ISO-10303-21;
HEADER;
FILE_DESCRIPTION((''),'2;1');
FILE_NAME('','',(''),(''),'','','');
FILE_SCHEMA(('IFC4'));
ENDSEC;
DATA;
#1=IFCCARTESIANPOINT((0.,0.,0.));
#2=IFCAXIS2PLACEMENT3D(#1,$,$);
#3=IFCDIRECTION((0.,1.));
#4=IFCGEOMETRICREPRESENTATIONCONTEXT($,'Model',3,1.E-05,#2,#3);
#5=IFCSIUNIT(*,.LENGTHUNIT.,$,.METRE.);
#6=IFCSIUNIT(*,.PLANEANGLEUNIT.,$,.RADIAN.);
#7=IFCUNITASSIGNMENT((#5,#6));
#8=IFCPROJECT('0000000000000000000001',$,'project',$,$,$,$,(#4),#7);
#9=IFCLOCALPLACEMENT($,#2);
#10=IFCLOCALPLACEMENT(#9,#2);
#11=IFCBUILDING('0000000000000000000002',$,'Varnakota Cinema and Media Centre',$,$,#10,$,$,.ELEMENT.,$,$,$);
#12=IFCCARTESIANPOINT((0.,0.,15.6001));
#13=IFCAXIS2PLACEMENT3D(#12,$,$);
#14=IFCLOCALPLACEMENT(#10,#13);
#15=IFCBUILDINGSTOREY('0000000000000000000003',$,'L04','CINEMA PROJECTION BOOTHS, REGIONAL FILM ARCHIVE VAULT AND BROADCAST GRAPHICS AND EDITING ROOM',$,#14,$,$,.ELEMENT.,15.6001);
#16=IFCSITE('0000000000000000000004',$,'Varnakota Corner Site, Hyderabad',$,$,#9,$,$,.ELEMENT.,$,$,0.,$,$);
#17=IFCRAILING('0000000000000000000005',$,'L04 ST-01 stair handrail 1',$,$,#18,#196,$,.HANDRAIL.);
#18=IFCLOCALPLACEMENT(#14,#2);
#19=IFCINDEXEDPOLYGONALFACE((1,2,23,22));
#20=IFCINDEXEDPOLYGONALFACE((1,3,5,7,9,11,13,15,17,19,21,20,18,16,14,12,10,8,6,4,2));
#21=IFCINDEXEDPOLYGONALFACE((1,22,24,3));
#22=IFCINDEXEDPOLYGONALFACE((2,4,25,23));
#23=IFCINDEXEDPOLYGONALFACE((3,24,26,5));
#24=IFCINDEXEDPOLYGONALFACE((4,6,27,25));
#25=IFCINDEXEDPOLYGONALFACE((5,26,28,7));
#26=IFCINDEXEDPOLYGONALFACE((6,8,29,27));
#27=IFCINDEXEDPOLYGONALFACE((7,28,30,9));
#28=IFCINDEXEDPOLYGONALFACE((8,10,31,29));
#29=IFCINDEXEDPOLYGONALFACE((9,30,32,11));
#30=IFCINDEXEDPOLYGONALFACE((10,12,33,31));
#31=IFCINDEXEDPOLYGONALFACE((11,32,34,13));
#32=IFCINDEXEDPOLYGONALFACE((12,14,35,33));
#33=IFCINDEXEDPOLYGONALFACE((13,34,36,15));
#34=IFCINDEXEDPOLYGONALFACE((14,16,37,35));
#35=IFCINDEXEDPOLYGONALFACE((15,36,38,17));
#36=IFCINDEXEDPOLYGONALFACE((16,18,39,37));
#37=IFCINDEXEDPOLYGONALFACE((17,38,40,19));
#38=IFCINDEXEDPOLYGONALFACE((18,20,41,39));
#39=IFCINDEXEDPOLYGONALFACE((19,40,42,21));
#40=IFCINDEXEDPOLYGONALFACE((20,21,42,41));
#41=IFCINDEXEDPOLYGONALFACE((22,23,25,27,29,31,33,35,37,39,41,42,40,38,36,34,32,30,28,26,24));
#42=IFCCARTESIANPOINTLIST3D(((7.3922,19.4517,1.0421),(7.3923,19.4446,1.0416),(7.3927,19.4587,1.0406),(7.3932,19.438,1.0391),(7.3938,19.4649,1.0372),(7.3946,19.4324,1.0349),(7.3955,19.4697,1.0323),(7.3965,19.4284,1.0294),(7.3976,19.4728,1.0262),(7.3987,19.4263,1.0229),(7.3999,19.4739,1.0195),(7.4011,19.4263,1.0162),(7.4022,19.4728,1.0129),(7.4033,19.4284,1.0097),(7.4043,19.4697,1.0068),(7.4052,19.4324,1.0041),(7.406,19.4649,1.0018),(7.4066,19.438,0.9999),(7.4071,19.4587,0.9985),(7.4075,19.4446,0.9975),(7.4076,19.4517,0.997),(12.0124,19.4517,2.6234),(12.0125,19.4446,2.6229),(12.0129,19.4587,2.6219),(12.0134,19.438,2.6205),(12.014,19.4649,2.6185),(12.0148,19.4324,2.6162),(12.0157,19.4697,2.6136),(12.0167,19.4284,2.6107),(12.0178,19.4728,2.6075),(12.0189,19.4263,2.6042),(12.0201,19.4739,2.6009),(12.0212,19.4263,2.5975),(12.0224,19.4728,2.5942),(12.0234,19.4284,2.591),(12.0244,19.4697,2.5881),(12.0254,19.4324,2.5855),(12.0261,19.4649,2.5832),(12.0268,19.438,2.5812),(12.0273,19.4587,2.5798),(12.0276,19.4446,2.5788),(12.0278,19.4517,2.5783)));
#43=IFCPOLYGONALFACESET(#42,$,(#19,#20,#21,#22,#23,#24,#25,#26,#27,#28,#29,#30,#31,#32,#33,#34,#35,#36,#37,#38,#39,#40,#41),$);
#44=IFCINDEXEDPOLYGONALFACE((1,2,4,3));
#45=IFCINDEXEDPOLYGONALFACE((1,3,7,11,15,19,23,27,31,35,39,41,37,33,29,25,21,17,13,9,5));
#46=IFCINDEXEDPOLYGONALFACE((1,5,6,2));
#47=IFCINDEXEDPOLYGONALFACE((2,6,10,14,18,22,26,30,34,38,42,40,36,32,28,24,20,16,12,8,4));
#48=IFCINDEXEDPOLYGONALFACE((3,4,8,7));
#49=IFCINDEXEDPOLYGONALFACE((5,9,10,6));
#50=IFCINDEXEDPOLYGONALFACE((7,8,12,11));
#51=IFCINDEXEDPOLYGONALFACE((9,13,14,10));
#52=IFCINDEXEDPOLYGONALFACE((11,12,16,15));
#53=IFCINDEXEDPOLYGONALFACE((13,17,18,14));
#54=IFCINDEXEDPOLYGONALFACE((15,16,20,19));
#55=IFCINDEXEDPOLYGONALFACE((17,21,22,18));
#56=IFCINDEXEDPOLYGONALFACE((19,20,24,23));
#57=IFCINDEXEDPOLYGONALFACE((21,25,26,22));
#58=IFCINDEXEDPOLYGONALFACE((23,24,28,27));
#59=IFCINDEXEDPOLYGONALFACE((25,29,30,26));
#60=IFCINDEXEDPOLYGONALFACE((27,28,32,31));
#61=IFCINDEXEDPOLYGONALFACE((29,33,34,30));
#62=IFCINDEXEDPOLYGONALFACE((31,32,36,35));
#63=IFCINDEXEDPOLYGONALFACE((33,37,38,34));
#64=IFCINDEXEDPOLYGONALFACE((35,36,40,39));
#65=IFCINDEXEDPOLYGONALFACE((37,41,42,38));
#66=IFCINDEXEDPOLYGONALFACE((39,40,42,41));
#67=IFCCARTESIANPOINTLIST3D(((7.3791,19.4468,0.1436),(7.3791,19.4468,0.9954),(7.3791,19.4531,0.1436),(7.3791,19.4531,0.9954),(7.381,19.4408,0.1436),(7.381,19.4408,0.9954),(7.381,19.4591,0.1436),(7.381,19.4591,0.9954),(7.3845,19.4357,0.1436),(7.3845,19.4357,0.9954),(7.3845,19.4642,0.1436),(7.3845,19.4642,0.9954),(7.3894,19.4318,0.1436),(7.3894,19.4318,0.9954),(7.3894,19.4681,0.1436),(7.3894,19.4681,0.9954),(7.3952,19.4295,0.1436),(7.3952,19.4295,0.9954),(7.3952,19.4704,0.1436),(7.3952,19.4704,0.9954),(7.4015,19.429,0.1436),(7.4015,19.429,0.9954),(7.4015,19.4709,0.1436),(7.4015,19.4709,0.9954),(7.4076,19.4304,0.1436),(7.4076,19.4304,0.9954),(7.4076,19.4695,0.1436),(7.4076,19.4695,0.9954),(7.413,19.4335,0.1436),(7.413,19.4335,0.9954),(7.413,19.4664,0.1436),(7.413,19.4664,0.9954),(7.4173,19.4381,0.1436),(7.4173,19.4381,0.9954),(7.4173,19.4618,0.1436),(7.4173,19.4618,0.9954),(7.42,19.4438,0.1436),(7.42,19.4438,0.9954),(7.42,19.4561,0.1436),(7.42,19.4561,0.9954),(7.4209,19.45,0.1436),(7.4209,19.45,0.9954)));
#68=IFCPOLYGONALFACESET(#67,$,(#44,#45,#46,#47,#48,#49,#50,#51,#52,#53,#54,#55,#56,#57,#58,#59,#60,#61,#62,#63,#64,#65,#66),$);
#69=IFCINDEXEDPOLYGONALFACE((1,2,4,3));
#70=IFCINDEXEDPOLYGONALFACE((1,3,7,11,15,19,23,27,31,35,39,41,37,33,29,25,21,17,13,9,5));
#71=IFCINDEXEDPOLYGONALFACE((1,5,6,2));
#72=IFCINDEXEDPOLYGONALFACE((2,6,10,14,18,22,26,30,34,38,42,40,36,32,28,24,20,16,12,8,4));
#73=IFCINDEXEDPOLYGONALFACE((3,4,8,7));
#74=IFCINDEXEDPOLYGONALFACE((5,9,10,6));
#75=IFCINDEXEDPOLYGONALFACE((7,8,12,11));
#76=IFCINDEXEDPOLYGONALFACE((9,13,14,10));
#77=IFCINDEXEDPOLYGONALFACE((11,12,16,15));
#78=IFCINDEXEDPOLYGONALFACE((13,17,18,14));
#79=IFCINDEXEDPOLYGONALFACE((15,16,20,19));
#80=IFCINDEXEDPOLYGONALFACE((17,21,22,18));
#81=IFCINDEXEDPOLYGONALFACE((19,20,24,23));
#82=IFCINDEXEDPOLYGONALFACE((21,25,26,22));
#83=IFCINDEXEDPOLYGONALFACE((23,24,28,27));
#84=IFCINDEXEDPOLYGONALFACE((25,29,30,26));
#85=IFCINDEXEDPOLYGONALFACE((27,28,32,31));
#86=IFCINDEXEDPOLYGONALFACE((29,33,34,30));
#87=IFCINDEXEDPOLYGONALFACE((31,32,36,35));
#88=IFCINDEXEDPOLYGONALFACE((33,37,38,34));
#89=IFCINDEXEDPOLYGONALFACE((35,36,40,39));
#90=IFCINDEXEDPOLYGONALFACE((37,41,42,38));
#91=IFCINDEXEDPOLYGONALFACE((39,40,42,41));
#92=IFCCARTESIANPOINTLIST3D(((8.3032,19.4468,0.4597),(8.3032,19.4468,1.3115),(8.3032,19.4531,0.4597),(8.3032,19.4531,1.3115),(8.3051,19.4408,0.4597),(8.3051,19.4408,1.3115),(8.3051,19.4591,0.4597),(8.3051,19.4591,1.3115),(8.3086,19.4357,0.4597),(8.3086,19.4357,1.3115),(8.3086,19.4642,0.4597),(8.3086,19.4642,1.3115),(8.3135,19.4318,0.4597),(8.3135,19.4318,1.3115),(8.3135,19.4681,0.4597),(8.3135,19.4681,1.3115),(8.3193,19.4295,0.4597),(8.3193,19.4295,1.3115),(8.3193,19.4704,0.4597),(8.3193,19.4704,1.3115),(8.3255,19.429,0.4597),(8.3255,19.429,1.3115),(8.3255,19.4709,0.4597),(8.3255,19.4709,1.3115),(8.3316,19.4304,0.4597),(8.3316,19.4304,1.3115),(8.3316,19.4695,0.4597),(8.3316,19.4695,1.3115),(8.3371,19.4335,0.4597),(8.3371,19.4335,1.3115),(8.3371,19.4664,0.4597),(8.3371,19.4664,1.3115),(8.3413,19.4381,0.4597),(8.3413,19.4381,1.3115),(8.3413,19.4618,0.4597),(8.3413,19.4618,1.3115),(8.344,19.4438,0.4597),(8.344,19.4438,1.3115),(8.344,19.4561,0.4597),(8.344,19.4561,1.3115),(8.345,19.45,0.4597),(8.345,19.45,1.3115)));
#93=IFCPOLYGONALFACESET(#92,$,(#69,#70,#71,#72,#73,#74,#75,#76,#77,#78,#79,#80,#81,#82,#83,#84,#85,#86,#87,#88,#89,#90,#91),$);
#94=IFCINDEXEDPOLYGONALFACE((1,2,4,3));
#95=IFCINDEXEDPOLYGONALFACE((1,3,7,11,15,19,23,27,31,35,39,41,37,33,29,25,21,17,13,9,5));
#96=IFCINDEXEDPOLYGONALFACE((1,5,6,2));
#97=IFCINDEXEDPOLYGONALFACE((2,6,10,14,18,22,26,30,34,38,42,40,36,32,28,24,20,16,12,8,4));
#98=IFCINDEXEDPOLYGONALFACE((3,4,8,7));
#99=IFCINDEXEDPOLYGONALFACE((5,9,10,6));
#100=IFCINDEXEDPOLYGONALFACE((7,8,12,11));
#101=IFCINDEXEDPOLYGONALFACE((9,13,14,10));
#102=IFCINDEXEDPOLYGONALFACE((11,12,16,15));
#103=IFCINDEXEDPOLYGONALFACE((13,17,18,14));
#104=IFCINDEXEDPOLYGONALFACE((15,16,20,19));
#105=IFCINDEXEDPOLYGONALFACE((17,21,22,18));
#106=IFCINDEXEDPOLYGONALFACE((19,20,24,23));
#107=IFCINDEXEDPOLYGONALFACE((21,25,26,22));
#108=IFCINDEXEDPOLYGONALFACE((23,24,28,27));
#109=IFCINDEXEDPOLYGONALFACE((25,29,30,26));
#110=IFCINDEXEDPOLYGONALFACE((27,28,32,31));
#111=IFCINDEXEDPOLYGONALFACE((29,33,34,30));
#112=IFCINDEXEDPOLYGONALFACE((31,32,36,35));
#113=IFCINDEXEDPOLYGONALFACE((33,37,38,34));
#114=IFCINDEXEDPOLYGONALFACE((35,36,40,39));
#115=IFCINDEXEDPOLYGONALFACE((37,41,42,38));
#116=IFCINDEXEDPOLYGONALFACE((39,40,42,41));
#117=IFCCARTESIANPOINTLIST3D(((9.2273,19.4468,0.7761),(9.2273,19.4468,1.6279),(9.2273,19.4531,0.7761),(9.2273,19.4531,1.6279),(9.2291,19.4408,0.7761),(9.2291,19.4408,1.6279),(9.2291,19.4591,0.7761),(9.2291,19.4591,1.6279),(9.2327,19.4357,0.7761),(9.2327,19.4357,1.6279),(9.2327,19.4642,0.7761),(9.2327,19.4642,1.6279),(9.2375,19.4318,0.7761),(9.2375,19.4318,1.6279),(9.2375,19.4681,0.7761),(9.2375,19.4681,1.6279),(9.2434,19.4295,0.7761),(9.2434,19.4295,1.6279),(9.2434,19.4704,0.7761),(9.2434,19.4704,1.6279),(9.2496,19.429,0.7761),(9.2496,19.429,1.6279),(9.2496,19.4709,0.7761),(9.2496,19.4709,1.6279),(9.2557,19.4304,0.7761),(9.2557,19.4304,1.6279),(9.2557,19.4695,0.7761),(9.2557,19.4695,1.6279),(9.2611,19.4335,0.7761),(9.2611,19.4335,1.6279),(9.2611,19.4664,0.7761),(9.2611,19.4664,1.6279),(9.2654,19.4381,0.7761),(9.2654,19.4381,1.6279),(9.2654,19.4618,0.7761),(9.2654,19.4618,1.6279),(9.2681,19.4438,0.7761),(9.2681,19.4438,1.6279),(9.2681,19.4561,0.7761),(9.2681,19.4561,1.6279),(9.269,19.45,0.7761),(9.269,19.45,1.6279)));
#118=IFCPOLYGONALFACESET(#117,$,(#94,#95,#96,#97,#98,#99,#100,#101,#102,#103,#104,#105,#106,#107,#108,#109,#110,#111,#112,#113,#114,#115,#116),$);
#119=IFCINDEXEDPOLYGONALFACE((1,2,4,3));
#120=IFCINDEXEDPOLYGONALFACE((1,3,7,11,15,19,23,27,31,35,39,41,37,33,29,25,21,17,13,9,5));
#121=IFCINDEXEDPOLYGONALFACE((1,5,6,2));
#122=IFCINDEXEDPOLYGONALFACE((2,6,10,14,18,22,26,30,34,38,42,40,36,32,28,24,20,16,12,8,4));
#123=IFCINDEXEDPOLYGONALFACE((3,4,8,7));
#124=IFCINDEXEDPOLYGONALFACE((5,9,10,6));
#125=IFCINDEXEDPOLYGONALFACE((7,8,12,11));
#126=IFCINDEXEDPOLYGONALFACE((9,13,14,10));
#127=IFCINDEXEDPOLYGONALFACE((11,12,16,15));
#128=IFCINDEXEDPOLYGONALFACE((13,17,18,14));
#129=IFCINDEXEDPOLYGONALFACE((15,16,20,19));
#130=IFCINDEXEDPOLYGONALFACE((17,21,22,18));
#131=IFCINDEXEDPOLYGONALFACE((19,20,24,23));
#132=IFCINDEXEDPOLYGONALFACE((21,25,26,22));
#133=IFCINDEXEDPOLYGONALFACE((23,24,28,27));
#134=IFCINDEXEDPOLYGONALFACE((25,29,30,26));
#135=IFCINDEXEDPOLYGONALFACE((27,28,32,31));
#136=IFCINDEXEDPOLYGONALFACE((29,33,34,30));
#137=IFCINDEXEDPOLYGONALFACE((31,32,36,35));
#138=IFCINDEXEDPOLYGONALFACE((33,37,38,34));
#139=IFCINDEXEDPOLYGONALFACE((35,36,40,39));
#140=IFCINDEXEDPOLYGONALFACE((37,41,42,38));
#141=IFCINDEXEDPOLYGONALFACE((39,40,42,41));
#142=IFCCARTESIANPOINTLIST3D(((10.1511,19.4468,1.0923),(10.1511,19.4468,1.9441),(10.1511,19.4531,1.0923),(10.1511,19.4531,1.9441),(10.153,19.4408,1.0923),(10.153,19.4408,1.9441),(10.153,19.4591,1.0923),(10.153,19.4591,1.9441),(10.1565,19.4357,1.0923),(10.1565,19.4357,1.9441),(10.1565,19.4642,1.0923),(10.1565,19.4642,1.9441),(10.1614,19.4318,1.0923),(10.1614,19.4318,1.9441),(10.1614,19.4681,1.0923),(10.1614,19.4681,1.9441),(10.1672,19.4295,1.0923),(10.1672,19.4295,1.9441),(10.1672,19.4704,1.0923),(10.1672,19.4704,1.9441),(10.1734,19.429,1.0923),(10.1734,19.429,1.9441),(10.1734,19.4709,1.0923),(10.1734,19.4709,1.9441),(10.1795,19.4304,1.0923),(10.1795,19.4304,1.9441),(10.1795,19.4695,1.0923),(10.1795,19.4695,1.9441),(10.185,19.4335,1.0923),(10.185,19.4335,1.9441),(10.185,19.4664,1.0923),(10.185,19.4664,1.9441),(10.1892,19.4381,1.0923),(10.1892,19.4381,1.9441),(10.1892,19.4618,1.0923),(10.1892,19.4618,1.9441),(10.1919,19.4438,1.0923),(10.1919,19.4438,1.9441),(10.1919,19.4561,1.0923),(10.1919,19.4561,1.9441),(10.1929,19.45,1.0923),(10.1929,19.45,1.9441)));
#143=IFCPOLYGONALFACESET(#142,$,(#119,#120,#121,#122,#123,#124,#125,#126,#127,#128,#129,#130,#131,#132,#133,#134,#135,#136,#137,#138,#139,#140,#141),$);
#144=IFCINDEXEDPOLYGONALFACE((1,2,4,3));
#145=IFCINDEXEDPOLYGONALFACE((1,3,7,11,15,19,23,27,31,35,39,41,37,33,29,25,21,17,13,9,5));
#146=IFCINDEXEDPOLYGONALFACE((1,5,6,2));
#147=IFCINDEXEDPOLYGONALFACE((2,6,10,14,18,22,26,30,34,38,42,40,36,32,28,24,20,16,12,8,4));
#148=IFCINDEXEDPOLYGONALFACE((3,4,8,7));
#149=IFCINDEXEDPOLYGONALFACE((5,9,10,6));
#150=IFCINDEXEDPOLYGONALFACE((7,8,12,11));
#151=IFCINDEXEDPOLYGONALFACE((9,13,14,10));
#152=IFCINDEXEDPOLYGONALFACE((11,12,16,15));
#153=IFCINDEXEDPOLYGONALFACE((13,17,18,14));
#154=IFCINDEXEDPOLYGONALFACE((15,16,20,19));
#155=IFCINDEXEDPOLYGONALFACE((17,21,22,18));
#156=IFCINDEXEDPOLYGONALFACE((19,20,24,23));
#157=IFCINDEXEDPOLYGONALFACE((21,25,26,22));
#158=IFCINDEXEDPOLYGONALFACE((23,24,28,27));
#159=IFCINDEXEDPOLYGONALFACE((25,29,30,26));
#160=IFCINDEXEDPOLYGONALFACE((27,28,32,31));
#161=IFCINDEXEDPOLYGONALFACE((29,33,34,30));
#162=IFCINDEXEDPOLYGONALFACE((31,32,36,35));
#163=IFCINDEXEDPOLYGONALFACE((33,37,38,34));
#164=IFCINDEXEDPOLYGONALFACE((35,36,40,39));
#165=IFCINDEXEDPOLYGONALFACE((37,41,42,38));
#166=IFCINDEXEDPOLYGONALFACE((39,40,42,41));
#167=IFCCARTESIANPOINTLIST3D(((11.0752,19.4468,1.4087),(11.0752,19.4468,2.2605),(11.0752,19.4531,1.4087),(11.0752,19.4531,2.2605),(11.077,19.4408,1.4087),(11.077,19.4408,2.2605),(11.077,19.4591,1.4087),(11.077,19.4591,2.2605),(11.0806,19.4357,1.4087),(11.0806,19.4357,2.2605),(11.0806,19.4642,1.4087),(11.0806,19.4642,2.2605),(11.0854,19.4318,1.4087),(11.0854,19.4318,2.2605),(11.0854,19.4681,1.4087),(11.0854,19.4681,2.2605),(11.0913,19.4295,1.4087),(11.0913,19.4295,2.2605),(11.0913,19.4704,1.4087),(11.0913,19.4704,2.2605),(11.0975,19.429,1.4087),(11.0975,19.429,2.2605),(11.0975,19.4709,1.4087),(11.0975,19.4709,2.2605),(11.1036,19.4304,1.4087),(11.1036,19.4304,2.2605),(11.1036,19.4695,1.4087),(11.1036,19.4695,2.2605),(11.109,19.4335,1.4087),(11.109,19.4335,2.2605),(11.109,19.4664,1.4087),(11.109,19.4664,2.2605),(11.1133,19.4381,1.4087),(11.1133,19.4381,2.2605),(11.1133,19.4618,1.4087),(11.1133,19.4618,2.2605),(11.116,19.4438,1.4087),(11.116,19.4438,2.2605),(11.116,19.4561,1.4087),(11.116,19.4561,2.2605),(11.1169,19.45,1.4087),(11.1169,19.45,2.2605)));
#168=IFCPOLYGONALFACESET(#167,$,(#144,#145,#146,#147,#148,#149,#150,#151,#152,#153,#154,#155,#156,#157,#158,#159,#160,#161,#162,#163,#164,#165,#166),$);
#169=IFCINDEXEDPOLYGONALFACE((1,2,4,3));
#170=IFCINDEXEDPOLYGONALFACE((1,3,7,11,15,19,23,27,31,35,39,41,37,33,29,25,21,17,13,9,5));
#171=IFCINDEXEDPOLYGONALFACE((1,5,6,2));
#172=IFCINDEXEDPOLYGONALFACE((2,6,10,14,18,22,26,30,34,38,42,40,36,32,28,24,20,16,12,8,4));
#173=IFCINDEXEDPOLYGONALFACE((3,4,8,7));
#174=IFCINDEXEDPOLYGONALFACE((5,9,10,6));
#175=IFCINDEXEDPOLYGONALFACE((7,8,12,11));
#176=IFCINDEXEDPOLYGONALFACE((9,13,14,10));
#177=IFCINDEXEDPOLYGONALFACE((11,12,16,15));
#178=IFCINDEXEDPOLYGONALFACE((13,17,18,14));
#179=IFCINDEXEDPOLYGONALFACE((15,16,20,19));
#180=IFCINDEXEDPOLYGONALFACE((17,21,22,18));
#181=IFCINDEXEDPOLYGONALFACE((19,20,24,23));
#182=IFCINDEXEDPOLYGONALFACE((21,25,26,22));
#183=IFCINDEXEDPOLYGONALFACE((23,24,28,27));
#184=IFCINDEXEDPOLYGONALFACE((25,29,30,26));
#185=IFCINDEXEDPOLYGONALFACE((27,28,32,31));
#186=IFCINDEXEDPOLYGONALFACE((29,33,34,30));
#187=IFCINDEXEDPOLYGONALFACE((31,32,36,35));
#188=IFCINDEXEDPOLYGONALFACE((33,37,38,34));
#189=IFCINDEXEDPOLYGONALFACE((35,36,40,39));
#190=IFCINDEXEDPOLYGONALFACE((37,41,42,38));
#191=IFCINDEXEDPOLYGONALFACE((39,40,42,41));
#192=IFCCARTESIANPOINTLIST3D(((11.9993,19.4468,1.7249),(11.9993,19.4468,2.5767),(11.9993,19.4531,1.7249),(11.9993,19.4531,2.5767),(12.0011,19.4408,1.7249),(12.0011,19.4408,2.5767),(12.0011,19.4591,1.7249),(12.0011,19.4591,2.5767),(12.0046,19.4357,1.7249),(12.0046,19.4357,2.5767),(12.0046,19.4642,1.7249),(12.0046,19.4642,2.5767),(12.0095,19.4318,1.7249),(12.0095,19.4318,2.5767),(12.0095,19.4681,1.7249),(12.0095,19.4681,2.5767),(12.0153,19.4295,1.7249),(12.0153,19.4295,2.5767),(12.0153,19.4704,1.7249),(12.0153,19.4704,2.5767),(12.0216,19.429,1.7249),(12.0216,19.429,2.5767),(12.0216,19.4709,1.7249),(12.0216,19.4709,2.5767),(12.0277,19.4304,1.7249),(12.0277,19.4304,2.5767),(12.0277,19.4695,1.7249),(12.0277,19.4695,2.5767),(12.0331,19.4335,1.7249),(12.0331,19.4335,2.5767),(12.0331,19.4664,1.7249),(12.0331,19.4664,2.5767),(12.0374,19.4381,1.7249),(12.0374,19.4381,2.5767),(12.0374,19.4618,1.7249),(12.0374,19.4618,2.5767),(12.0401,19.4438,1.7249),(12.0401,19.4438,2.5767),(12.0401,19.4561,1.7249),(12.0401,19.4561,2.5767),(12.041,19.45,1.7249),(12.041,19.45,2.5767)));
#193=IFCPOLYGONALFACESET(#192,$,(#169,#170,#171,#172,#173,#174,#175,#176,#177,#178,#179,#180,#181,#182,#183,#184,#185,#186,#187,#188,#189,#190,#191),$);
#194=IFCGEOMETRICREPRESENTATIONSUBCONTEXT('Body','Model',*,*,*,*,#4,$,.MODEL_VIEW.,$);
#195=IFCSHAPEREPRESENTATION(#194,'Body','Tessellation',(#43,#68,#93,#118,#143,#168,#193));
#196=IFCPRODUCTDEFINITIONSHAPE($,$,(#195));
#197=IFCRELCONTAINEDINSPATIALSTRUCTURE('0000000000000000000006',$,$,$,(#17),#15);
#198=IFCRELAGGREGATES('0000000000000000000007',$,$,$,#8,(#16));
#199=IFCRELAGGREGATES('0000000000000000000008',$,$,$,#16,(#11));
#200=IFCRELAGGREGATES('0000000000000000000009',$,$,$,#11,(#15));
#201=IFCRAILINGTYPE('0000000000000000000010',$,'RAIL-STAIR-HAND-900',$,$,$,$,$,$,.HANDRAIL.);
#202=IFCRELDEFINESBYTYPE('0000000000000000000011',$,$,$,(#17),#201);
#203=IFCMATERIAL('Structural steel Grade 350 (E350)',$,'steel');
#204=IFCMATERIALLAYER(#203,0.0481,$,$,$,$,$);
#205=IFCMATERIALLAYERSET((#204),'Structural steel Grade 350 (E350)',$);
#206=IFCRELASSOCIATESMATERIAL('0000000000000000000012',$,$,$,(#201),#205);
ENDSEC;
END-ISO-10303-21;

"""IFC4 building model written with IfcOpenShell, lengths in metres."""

from ifc_helpers import new_model, si_unit, direction, frame, origin, origin_2d, place, context, subcontext, project, spatial, circle, extrude, material, layer, layer_set, type_object, element, save


model = new_model("IFC4")

# Units and contexts
model_context = context("Model", 3, precision=1e-05, world=origin(), true_north=direction((0.0, 1.0)))
body_context = subcontext(model_context, "Body", "Model", "MODEL_VIEW")
ifc_project = project(units=[si_unit("LENGTHUNIT", "METRE"), si_unit("PLANEANGLEUNIT", "RADIAN")], contexts=[model_context])

# Site, building, storey
site_placement = place(None, origin())
site = spatial("IfcSite", under=ifc_project, at=site_placement, Name="Varnakota Corner Site, Hyderabad", CompositionType="ELEMENT", RefElevation=0.0)
building_placement = place(site_placement, origin())
building = spatial("IfcBuilding", under=site, at=building_placement, Name="Varnakota Cinema and Media Centre", CompositionType="ELEMENT")
storey_placement = place(building_placement, frame((0.0, 0.0, 15.6001)))
storey = spatial("IfcBuildingStorey", under=building, at=storey_placement, Name="L04", Description="CINEMA PROJECTION BOOTHS, REGIONAL FILM ARCHIVE VAULT AND BROADCAST GRAPHICS AND EDITING ROOM", CompositionType="ELEMENT", Elevation=15.6001)

# Railing
ifc_material_1 = material(Name="Structural steel Grade 350 (E350)", Category="steel")
ifc_layer_1 = layer(ifc_material_1, 0.0481)
ifc_layer_set_1 = layer_set([ifc_layer_1], Name="Structural steel Grade 350 (E350)")
railing_type_1 = type_object("IfcRailingType", Name="RAIL-STAIR-HAND-900", PredefinedType="HANDRAIL", material=ifc_layer_set_1)
railing_1_placement = place(storey_placement, frame((7.3999, 19.45, 0.1436)))
element("IfcRailing", 1, at=railing_1_placement, inside=storey, type_object=railing_type_1, Name="L04 ST-01 stair handrail 1", PredefinedType="HANDRAIL", context=body_context, shape_type="SweptSolid", body=[
    extrude(circle(Radius=0.0239, at=origin_2d()), frame((0.0, 0.0, 0.876), z_axis=(0.946118, 0.0, 0.323822), x_axis=(0.0, 1.0, 0.0)), (0.0, 0.0, 1.0), 4.8833),
    extrude(circle(Radius=0.021, at=origin_2d()), origin(), (0.0, 0.0, 1.0), 0.8518),
    extrude(circle(Radius=0.021, at=origin_2d()), frame((0.9241, 0.0, 0.3162)), (0.0, 0.0, 1.0), 0.8518),
    extrude(circle(Radius=0.021, at=origin_2d()), frame((1.8481, 0.0, 0.6326)), (0.0, 0.0, 1.0), 0.8518),
    extrude(circle(Radius=0.021, at=origin_2d()), frame((2.772, 0.0, 0.9487)), (0.0, 0.0, 1.0), 0.8518),
    extrude(circle(Radius=0.021, at=origin_2d()), frame((3.696, 0.0, 1.2651)), (0.0, 0.0, 1.0), 0.8518),
    extrude(circle(Radius=0.021, at=origin_2d()), frame((4.6201, 0.0, 1.5813)), (0.0, 0.0, 1.0), 0.8518),
])

save(model, "model.ifc")
